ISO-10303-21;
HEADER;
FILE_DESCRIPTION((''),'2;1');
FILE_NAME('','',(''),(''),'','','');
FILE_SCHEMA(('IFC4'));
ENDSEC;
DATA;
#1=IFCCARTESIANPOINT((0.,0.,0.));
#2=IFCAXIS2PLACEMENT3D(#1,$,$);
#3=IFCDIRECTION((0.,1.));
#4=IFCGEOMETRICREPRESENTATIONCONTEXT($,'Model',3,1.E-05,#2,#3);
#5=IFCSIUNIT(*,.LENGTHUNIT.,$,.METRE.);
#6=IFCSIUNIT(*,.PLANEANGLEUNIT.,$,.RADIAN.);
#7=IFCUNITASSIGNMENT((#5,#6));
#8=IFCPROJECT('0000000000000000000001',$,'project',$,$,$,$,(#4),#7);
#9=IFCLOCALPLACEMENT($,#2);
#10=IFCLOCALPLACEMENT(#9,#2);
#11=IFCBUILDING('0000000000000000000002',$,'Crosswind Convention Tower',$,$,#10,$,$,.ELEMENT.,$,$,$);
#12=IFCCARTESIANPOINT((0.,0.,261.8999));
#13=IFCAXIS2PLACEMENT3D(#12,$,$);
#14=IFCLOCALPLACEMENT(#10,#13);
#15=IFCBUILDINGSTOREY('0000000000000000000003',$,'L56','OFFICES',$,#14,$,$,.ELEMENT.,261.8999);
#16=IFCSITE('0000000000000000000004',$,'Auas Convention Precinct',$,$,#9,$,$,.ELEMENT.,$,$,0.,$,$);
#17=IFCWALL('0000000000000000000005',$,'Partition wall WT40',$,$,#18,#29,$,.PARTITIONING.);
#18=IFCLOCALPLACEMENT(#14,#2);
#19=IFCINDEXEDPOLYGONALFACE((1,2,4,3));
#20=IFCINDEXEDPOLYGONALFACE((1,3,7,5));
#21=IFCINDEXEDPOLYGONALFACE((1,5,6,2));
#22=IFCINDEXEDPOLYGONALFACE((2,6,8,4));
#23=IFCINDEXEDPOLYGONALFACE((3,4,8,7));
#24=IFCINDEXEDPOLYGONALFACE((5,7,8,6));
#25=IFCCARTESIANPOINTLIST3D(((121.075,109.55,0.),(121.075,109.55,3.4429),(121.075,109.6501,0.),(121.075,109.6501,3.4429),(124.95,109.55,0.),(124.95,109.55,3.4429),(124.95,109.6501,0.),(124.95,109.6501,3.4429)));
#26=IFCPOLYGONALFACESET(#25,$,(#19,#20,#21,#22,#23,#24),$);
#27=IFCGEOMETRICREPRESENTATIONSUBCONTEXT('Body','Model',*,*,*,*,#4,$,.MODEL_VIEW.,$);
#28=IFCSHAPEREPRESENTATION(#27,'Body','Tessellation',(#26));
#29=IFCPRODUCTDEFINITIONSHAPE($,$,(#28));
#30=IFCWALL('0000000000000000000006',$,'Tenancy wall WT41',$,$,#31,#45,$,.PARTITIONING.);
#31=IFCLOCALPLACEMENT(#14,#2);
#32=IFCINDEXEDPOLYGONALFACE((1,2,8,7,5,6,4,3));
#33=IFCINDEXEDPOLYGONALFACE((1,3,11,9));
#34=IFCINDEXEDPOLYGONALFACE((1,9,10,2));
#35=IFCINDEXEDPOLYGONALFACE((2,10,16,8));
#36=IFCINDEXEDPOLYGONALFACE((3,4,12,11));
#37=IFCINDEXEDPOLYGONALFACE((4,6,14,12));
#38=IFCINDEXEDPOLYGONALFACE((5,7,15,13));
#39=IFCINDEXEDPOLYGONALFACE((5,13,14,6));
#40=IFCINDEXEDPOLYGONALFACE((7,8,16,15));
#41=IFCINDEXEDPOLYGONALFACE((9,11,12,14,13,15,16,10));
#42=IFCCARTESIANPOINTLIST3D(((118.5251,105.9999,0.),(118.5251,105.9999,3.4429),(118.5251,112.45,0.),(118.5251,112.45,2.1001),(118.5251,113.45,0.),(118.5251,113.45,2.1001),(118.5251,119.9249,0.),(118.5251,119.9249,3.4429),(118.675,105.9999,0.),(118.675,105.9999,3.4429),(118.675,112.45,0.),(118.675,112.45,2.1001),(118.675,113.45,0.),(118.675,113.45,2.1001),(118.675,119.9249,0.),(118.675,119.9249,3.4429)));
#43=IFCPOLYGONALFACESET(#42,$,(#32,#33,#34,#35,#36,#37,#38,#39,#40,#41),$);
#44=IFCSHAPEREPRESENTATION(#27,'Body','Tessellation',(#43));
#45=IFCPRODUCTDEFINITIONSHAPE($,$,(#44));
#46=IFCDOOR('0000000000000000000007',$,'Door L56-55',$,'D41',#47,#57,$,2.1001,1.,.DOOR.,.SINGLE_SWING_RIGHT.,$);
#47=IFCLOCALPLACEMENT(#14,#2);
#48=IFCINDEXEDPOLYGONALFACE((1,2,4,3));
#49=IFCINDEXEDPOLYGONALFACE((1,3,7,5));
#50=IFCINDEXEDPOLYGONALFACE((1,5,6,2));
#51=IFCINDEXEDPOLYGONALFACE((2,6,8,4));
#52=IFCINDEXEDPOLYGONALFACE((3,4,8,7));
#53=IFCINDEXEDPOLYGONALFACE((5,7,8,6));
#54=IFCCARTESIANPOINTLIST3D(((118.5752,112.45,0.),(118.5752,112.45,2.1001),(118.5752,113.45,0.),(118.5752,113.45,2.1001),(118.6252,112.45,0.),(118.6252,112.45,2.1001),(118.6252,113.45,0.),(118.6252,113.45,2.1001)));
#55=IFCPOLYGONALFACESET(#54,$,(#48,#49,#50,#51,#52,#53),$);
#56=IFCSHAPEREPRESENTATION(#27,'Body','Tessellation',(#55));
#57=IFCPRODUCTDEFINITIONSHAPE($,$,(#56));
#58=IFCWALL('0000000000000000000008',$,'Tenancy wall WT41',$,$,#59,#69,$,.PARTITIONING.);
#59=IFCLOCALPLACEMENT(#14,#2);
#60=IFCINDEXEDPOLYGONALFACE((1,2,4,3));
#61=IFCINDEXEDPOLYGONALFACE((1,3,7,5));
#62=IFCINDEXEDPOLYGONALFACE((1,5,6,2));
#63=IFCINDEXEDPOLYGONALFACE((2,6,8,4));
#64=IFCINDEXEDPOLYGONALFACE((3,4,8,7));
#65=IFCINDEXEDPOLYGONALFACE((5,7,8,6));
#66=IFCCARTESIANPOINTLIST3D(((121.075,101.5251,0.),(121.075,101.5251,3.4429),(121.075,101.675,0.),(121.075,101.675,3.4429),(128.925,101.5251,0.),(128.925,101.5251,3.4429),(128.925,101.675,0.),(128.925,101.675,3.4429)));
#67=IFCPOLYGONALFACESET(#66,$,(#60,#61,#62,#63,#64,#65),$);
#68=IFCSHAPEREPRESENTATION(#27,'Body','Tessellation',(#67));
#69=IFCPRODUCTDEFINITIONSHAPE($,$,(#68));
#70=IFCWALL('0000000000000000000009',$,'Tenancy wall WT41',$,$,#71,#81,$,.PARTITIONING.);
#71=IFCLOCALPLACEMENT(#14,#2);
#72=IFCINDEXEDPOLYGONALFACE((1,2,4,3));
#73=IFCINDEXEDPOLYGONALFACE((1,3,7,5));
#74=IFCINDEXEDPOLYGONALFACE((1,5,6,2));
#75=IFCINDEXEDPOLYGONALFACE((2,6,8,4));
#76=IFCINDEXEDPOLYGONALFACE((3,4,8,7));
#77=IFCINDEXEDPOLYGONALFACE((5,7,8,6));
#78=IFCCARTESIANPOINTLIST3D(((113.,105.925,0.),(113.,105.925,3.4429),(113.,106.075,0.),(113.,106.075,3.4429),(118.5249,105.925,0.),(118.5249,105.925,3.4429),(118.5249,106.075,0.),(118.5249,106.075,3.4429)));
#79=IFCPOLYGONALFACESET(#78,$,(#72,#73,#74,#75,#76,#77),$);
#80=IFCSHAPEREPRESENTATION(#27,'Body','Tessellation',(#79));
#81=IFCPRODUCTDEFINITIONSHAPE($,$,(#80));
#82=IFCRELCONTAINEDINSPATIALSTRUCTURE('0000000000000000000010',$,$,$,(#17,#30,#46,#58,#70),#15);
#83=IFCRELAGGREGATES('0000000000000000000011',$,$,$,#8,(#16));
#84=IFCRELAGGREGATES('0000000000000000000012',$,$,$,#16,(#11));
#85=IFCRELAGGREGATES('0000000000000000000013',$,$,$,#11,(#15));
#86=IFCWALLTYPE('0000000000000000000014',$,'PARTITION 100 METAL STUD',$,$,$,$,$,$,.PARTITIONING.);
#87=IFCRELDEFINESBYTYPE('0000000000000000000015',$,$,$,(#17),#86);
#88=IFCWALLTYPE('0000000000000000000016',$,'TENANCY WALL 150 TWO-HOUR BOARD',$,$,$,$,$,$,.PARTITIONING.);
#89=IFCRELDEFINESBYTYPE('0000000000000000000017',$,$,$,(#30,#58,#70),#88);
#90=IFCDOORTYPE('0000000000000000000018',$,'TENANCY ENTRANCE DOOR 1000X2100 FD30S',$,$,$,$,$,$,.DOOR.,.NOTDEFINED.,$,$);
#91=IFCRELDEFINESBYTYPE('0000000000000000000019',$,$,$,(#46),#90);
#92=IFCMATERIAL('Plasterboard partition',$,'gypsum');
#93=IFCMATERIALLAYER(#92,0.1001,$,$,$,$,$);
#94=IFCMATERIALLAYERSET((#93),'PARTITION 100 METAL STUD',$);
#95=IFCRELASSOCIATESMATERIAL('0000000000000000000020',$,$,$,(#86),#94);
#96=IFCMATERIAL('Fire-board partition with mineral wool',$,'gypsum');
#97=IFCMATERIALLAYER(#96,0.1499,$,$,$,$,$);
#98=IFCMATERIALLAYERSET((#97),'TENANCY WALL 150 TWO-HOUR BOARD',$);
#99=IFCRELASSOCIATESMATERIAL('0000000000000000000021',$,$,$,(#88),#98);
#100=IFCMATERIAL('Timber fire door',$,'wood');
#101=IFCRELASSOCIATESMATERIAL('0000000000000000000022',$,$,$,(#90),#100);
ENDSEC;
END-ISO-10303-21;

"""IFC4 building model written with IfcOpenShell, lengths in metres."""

from ifc_helpers import new_model, si_unit, direction, frame, frame_2d, origin, place, context, subcontext, project, spatial, rectangle, extrude, material, layer, layer_set, type_object, element, fill, save


model = new_model("IFC4")

# Units and contexts
model_context = context("Model", 3, precision=1e-05, world=origin(), true_north=direction((0.0, 1.0)))
body_context = subcontext(model_context, "Body", "Model", "MODEL_VIEW")
ifc_project = project(units=[si_unit("LENGTHUNIT", "METRE"), si_unit("PLANEANGLEUNIT", "RADIAN")], contexts=[model_context])

# Site, building, storey
site_placement = place(None, origin())
site = spatial("IfcSite", under=ifc_project, at=site_placement, Name="Auas Convention Precinct", CompositionType="ELEMENT", RefElevation=0.0)
building_placement = place(site_placement, origin())
building = spatial("IfcBuilding", under=site, at=building_placement, Name="Crosswind Convention Tower", CompositionType="ELEMENT")
storey_placement = place(building_placement, frame((0.0, 0.0, 261.8999)))
storey = spatial("IfcBuildingStorey", under=building, at=storey_placement, Name="L56", Description="OFFICES", CompositionType="ELEMENT", Elevation=261.8999)

# Wall
ifc_material_1 = material(Name="Plasterboard partition", Category="gypsum")
ifc_layer_1 = layer(ifc_material_1, 0.1001)
ifc_layer_set_1 = layer_set([ifc_layer_1], Name="PARTITION 100 METAL STUD")
wall_type_1 = type_object("IfcWallType", Name="PARTITION 100 METAL STUD", PredefinedType="PARTITIONING", material=ifc_layer_set_1)
wall_1_placement = place(storey_placement, frame((121.075, 109.6001, 0.0), z_axis=(0.0, 0.0, 1.0), x_axis=(1.0, 0.0, 0.0)))
element("IfcWall", 1, at=wall_1_placement, inside=storey, type_object=wall_type_1, Name="Partition wall WT40", PredefinedType="PARTITIONING", context=body_context, shape_type="SweptSolid", body=[
    extrude(rectangle(XDim=3.875, YDim=0.1001, at=frame_2d((1.9375, 0.0))), origin(), (0.0, 0.0, 1.0), 3.4429),
])

# Wall, opening, door
ifc_material_2 = material(Name="Fire-board partition with mineral wool", Category="gypsum")
ifc_layer_2 = layer(ifc_material_2, 0.1499)
ifc_layer_set_2 = layer_set([ifc_layer_2], Name="TENANCY WALL 150 TWO-HOUR BOARD")
wall_type_2 = type_object("IfcWallType", Name="TENANCY WALL 150 TWO-HOUR BOARD", PredefinedType="PARTITIONING", material=ifc_layer_set_2)
wall_2_placement = place(storey_placement, frame((118.6001, 106.0, 0.0), z_axis=(0.0, 0.0, 1.0), x_axis=(0.0, 1.0, 0.0)))
wall_2 = element("IfcWall", 2, at=wall_2_placement, inside=storey, type_object=wall_type_2, Name="Tenancy wall WT41", PredefinedType="PARTITIONING", context=body_context, shape_type="SweptSolid", body=[
    extrude(rectangle(XDim=13.925, YDim=0.1499, at=frame_2d((6.9624, 0.0))), origin(), (0.0, 0.0, 1.0), 3.4429),
])
opening_1_placement = place(wall_2_placement, frame((6.45, 0.0, 0.0)))
opening_1 = element("IfcOpeningElement", 3, at=opening_1_placement, cuts=wall_2, PredefinedType="OPENING", context=body_context, shape_type="SweptSolid", body=[
    extrude(rectangle(XDim=1.0, YDim=2.1001, at=frame_2d((0.5, 1.05))), frame((0.0, 0.085, 0.0), z_axis=(0.0, -1.0, 0.0), x_axis=(1.0, 0.0, 0.0)), (0.0, 0.0, 1.0), 0.1699),
])
ifc_material_3 = material(Name="Timber fire door", Category="wood")
door_type_1 = type_object("IfcDoorType", Name="TENANCY ENTRANCE DOOR 1000X2100 FD30S", OperationType="NOTDEFINED", PredefinedType="DOOR", material=ifc_material_3)
door_1_placement = place(opening_1_placement, origin())
door_1 = element("IfcDoor", 4, at=door_1_placement, inside=storey, type_object=door_type_1, Name="Door L56-55", ObjectType="D41", OperationType="SINGLE_SWING_RIGHT", OverallHeight=2.1001, OverallWidth=1.0, PredefinedType="DOOR", context=body_context, shape_type="SweptSolid", body=[
    extrude(rectangle(XDim=1.0, YDim=2.1001, at=frame_2d((0.5, 1.05))), frame((0.0, 0.0249, 0.0), z_axis=(0.0, -1.0, 0.0), x_axis=(1.0, 0.0, 0.0)), (0.0, 0.0, 1.0), 0.05),
])
fill(opening_1, door_1)

# Walls
wall_3_placement = place(storey_placement, frame((121.075, 101.6001, 0.0), z_axis=(0.0, 0.0, 1.0), x_axis=(1.0, 0.0, 0.0)))
element("IfcWall", 5, at=wall_3_placement, inside=storey, type_object=wall_type_2, Name="Tenancy wall WT41", PredefinedType="PARTITIONING", context=body_context, shape_type="SweptSolid", body=[
    extrude(rectangle(XDim=7.8501, YDim=0.1499, at=frame_2d((3.925, 0.0))), origin(), (0.0, 0.0, 1.0), 3.4429),
])
wall_4_placement = place(storey_placement, frame((113.0, 106.0, 0.0), z_axis=(0.0, 0.0, 1.0), x_axis=(1.0, 0.0, 0.0)))
element("IfcWall", 6, at=wall_4_placement, inside=storey, type_object=wall_type_2, Name="Tenancy wall WT41", PredefinedType="PARTITIONING", context=body_context, shape_type="SweptSolid", body=[
    extrude(rectangle(XDim=5.5249, YDim=0.1499, at=frame_2d((2.7625, 0.0))), origin(), (0.0, 0.0, 1.0), 3.4429),
])

save(model, "model.ifc")
